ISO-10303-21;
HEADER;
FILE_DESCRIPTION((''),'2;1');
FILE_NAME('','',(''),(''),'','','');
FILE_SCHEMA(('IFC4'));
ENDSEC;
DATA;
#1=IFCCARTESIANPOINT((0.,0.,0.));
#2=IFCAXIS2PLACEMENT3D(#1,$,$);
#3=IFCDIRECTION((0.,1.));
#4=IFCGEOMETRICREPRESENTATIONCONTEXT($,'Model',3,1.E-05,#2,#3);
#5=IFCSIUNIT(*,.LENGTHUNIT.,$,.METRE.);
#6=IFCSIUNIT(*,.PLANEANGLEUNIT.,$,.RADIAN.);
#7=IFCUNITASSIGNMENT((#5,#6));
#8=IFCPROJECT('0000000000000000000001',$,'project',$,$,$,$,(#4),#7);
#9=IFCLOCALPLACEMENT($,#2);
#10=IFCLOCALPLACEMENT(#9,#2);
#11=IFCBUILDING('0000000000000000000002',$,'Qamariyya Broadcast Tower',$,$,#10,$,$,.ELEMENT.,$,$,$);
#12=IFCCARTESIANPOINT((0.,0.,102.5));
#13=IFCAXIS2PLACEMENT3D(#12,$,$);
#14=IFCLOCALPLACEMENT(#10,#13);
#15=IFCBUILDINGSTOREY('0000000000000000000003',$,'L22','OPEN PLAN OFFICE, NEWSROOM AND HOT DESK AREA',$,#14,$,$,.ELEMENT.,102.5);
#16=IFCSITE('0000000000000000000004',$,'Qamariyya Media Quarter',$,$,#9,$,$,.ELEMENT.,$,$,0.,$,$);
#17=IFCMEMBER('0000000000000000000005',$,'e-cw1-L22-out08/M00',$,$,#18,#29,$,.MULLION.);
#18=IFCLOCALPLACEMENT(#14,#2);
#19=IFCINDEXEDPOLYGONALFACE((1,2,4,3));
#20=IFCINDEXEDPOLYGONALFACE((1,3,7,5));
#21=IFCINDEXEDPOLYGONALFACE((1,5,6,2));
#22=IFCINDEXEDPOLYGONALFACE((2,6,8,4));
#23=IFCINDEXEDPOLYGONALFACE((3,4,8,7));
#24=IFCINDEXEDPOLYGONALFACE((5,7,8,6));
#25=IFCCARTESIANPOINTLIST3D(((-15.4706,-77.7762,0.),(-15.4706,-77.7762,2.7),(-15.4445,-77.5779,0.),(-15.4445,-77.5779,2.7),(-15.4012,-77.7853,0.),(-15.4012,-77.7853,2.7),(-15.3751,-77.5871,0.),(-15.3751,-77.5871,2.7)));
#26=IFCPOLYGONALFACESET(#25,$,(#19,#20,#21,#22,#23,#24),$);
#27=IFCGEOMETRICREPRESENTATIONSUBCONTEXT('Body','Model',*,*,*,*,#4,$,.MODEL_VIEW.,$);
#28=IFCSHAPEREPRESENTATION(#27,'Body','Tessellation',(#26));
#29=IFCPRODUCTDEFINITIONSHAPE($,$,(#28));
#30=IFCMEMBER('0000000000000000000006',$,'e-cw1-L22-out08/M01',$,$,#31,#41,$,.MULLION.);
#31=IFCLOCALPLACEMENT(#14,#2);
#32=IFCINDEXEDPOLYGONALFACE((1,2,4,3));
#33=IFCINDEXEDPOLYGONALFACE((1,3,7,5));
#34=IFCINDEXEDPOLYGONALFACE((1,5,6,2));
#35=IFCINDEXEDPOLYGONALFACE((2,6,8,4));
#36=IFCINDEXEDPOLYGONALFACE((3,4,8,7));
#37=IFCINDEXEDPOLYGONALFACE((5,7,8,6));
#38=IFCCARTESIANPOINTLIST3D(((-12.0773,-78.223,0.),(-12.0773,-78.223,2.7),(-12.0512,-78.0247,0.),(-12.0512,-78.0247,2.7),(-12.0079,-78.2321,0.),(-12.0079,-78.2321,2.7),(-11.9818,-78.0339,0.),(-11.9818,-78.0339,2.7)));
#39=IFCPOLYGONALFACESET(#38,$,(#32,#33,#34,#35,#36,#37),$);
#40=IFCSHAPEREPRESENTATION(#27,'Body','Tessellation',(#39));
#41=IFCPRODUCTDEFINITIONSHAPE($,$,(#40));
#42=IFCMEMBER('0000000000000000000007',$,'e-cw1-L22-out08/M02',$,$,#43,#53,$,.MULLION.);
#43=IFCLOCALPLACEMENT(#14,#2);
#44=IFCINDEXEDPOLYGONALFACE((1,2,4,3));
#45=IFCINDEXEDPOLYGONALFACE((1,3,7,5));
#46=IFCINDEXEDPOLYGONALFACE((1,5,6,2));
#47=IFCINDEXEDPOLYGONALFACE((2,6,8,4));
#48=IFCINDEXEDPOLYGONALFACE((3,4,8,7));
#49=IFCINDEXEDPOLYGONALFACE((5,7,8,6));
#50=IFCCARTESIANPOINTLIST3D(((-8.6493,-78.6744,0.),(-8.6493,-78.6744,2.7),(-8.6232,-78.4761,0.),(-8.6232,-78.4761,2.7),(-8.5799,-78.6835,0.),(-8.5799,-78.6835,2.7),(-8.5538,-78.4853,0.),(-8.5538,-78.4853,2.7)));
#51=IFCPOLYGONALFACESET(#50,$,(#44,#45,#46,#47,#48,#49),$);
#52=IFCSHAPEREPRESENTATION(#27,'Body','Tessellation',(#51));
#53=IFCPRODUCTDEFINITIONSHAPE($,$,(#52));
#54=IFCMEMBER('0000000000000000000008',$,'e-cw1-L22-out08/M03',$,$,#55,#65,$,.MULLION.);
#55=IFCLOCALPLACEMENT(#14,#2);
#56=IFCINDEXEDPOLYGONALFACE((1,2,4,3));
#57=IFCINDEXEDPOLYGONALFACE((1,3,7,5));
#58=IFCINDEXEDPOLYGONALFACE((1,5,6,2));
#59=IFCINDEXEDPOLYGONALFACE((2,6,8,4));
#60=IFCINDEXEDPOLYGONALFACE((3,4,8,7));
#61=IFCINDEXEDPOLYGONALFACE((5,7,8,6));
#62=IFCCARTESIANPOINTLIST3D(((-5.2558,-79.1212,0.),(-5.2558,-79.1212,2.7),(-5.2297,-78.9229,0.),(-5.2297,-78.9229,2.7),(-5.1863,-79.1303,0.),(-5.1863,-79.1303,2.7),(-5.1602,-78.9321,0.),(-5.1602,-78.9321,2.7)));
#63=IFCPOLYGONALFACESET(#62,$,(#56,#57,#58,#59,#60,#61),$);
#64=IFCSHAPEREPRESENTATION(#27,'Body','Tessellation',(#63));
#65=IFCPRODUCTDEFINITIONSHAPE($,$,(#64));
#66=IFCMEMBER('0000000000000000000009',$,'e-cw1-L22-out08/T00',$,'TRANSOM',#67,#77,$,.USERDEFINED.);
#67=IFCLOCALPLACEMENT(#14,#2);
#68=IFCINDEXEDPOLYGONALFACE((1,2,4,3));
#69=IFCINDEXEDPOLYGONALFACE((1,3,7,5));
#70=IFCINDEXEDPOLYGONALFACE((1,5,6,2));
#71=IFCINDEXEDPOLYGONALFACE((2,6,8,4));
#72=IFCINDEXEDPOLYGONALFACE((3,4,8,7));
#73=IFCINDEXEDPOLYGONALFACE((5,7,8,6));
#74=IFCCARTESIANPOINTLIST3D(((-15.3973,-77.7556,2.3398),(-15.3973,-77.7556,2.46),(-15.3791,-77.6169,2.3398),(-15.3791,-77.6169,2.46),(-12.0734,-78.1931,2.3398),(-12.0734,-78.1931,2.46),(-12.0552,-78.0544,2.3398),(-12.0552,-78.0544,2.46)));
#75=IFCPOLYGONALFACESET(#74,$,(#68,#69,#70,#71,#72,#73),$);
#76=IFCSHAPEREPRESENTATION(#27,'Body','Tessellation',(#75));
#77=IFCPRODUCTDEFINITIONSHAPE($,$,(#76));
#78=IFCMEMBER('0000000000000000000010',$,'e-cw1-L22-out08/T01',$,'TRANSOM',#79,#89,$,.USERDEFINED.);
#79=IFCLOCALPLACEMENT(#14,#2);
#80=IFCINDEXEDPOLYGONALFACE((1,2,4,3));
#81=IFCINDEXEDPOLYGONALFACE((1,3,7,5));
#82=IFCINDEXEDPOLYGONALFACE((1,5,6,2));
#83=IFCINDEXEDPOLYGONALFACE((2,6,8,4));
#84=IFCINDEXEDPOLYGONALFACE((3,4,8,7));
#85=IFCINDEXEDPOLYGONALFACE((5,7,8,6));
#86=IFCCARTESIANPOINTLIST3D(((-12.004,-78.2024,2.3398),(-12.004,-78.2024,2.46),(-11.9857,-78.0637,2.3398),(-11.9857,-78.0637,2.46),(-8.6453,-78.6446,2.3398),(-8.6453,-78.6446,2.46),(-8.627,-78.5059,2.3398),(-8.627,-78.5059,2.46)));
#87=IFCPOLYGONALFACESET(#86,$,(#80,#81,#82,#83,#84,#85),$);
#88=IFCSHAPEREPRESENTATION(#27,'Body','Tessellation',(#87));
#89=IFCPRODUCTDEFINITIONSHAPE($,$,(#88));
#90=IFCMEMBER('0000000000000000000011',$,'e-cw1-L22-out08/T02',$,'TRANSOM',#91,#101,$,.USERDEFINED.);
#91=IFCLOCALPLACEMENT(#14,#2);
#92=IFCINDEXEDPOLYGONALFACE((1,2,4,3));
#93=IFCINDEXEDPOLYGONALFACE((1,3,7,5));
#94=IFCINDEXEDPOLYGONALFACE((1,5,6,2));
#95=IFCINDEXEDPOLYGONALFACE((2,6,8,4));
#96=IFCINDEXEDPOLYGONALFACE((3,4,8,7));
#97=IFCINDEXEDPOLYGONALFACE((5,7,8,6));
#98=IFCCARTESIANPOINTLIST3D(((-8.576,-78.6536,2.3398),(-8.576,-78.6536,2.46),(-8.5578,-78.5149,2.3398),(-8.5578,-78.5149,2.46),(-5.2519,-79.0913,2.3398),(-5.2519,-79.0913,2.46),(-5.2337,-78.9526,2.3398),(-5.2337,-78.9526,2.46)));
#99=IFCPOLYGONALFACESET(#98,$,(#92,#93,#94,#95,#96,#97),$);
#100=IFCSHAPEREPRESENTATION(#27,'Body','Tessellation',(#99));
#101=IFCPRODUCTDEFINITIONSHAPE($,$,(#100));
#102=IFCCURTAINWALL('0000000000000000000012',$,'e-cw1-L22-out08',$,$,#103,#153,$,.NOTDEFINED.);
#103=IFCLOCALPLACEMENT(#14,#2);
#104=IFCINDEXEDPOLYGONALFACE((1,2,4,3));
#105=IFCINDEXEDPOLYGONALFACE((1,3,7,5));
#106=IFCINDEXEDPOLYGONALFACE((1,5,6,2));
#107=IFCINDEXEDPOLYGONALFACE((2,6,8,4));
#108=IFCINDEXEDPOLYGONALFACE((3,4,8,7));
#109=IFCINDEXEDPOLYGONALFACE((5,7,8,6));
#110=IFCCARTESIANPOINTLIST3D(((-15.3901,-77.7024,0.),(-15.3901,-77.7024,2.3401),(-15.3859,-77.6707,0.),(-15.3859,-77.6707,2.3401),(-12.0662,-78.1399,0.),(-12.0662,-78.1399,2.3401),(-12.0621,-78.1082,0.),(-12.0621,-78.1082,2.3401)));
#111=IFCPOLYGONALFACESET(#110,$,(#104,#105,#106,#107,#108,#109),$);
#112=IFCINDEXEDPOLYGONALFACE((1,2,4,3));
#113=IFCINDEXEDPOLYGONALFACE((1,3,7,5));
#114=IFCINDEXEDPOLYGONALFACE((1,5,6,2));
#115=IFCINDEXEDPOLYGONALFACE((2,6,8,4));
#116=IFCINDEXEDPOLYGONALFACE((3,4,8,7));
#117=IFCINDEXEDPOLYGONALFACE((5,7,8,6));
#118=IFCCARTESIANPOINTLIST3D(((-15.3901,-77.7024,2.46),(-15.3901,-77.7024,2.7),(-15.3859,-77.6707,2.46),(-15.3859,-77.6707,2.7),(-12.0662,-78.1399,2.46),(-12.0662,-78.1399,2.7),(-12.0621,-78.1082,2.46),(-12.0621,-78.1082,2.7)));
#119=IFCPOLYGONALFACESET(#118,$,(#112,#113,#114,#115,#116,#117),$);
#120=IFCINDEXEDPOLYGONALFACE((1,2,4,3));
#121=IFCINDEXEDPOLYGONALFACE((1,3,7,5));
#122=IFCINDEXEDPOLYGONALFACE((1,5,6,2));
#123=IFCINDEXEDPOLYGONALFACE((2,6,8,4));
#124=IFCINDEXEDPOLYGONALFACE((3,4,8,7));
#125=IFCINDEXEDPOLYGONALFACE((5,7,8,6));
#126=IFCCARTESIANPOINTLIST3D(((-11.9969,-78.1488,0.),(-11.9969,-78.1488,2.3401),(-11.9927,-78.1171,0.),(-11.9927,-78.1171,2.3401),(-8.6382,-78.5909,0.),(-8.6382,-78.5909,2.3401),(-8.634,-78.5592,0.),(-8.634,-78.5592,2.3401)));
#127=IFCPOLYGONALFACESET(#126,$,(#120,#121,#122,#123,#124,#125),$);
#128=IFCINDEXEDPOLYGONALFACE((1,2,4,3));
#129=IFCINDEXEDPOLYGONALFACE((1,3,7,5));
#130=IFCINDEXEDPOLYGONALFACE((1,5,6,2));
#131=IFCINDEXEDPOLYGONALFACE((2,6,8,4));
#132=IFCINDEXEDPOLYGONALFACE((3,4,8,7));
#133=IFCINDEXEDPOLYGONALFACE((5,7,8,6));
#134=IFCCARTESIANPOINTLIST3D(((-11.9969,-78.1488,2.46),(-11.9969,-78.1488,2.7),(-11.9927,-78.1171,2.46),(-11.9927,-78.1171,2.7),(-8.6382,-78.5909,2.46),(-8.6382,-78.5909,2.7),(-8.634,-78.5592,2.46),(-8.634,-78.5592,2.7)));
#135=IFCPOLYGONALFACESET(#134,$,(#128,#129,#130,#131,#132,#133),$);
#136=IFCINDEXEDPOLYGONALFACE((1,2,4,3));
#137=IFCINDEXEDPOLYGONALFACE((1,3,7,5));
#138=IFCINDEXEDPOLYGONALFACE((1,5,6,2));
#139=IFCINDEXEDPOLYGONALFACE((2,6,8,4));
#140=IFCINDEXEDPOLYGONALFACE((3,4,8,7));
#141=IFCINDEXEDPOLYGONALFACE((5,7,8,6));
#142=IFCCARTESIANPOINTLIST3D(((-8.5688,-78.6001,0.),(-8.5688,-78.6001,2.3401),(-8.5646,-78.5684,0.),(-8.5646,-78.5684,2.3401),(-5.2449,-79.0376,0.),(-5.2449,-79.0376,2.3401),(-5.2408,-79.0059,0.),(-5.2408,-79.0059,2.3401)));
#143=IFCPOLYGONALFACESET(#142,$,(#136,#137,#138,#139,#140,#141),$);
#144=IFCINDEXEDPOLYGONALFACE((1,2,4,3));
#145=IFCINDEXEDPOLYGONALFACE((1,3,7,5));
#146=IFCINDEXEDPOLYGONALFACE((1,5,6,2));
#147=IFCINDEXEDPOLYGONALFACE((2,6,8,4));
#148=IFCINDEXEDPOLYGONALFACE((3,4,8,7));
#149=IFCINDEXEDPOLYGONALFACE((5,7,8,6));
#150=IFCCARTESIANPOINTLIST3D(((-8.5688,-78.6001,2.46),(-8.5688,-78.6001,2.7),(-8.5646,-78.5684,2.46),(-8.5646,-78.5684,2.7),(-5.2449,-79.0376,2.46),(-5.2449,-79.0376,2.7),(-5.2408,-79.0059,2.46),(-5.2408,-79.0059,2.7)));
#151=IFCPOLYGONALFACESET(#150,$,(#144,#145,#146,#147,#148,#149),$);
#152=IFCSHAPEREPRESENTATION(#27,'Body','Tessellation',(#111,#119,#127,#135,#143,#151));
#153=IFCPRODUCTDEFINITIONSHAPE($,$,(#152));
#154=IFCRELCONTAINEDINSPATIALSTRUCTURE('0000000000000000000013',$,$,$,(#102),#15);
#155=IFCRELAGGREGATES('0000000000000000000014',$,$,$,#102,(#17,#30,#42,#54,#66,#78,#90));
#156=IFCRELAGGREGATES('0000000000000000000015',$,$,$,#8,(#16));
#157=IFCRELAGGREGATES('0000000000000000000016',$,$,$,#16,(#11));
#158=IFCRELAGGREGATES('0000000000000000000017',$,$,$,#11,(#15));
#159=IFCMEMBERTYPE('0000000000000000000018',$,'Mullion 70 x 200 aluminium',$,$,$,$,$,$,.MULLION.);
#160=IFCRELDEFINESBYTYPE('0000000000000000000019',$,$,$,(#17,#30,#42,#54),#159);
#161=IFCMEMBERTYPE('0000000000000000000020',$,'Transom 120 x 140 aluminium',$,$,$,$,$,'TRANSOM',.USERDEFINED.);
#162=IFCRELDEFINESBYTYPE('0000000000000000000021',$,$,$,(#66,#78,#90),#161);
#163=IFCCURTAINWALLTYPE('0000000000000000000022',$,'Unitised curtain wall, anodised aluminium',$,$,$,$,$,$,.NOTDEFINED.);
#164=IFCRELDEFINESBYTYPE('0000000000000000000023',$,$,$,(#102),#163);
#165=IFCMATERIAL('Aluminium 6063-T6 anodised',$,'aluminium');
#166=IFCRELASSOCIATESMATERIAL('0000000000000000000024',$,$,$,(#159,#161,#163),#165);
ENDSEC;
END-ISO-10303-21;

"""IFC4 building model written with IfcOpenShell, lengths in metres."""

from ifc_helpers import new_model, si_unit, direction, frame, origin, origin_2d, place, context, subcontext, project, spatial, rectangle, extrude, material, material_profile, profile_set, type_object, element, aggregate, save


model = new_model("IFC4")

# Units and contexts
model_context = context("Model", 3, precision=1e-05, world=origin(), true_north=direction((0.0, 1.0)))
body_context = subcontext(model_context, "Body", "Model", "MODEL_VIEW")
ifc_project = project(units=[si_unit("LENGTHUNIT", "METRE"), si_unit("PLANEANGLEUNIT", "RADIAN")], contexts=[model_context])

# Members
ifc_material = material(Name="Aluminium 6063-T6 anodised", Category="aluminium")
ifc_material_profile_1 = material_profile(ifc_material, rectangle(XDim=0.2, YDim=0.0701, at=origin_2d()))
ifc_profile_set_1 = profile_set([ifc_material_profile_1], Name="Aluminium 6063-T6 anodised")
member_type_1 = type_object("IfcMemberType", Name="Mullion 70 x 200 aluminium", PredefinedType="MULLION", material=ifc_profile_set_1)
site_placement = place(None, origin())
building_placement = place(site_placement, origin())
storey_placement = place(building_placement, frame((0.0, 0.0, 102.5)))
member_1_placement = place(storey_placement, frame((-15.4229, -77.6816, 0.0), z_axis=(0.0, 0.0, 1.0), x_axis=(0.130526, 0.991445, 0.0)))
member_1 = element("IfcMember", 1, at=member_1_placement, type_object=member_type_1, Name="e-cw1-L22-out08/M00", PredefinedType="MULLION", context=body_context, shape_type="SweptSolid", body=[
    extrude(rectangle(XDim=0.2, YDim=0.0701, at=origin_2d()), origin(), (0.0, 0.0, 1.0), 2.7),
])
member_2_placement = place(storey_placement, frame((-12.0295, -78.1284, 0.0), z_axis=(0.0, 0.0, 1.0), x_axis=(0.130526, 0.991445, 0.0)))
member_2 = element("IfcMember", 2, at=member_2_placement, type_object=member_type_1, Name="e-cw1-L22-out08/M01", PredefinedType="MULLION", context=body_context, shape_type="SweptSolid", body=[
    extrude(rectangle(XDim=0.2, YDim=0.0701, at=origin_2d()), origin(), (0.0, 0.0, 1.0), 2.7),
])
member_3_placement = place(storey_placement, frame((-8.6016, -78.5798, 0.0), z_axis=(0.0, 0.0, 1.0), x_axis=(0.130526, 0.991445, 0.0)))
member_3 = element("IfcMember", 3, at=member_3_placement, type_object=member_type_1, Name="e-cw1-L22-out08/M02", PredefinedType="MULLION", context=body_context, shape_type="SweptSolid", body=[
    extrude(rectangle(XDim=0.2, YDim=0.0701, at=origin_2d()), origin(), (0.0, 0.0, 1.0), 2.7),
])
member_4_placement = place(storey_placement, frame((-5.208, -79.0266, 0.0), z_axis=(0.0, 0.0, 1.0), x_axis=(0.130526, 0.991445, 0.0)))
member_4 = element("IfcMember", 4, at=member_4_placement, type_object=member_type_1, Name="e-cw1-L22-out08/M03", PredefinedType="MULLION", context=body_context, shape_type="SweptSolid", body=[
    extrude(rectangle(XDim=0.2, YDim=0.0701, at=origin_2d()), origin(), (0.0, 0.0, 1.0), 2.7),
])
ifc_material_profile_2 = material_profile(ifc_material, rectangle(XDim=0.1399, YDim=0.1201, at=origin_2d()))
ifc_profile_set_2 = profile_set([ifc_material_profile_2], Name="Aluminium 6063-T6 anodised")
member_type_2 = type_object("IfcMemberType", Name="Transom 120 x 140 aluminium", ElementType="TRANSOM", PredefinedType="USERDEFINED", material=ifc_profile_set_2)
member_5_placement = place(storey_placement, frame((-15.3882, -77.6863, 2.3999), z_axis=(0.991449, -0.130494, 0.0), x_axis=(0.130494, 0.991449, 0.0)))
member_5 = element("IfcMember", 5, at=member_5_placement, type_object=member_type_2, Name="e-cw1-L22-out08/T00", ObjectType="TRANSOM", PredefinedType="USERDEFINED", context=body_context, shape_type="SweptSolid", body=[
    extrude(rectangle(XDim=0.1399, YDim=0.1201, at=origin_2d()), origin(), (0.0, 0.0, 1.0), 3.3525),
])
member_6_placement = place(storey_placement, frame((-11.9949, -78.1331, 2.3999), z_axis=(0.991446, -0.130516, 0.0), x_axis=(0.130516, 0.991446, 0.0)))
member_6 = element("IfcMember", 6, at=member_6_placement, type_object=member_type_2, Name="e-cw1-L22-out08/T01", ObjectType="TRANSOM", PredefinedType="USERDEFINED", context=body_context, shape_type="SweptSolid", body=[
    extrude(rectangle(XDim=0.1399, YDim=0.1201, at=origin_2d()), origin(), (0.0, 0.0, 1.0), 3.3877),
])
member_7_placement = place(storey_placement, frame((-8.5669, -78.5842, 2.3999), z_axis=(0.99144, -0.130566, 0.0), x_axis=(0.130566, 0.99144, 0.0)))
member_7 = element("IfcMember", 7, at=member_7_placement, type_object=member_type_2, Name="e-cw1-L22-out08/T02", ObjectType="TRANSOM", PredefinedType="USERDEFINED", context=body_context, shape_type="SweptSolid", body=[
    extrude(rectangle(XDim=0.1399, YDim=0.1201, at=origin_2d()), origin(), (0.0, 0.0, 1.0), 3.3528),
])

# Site, building, storey
site = spatial("IfcSite", under=ifc_project, at=site_placement, Name="Qamariyya Media Quarter", CompositionType="ELEMENT", RefElevation=0.0)
building = spatial("IfcBuilding", under=site, at=building_placement, Name="Qamariyya Broadcast Tower", CompositionType="ELEMENT")
storey = spatial("IfcBuildingStorey", under=building, at=storey_placement, Name="L22", Description="OPEN PLAN OFFICE, NEWSROOM AND HOT DESK AREA", CompositionType="ELEMENT", Elevation=102.5)

# Curtain wall
curtain_wall_type = type_object("IfcCurtainWallType", Name="Unitised curtain wall, anodised aluminium", PredefinedType="NOTDEFINED", material=ifc_material)
curtain_wall_1_placement = place(storey_placement, origin())
curtain_wall_1 = element("IfcCurtainWall", 8, at=curtain_wall_1_placement, inside=storey, type_object=curtain_wall_type, Name="e-cw1-L22-out08", PredefinedType="NOTDEFINED", context=body_context, shape_type="SweptSolid", body=[
    extrude(rectangle(XDim=3.3525, YDim=0.032, at=origin_2d()), frame((-13.7261, -77.9053, 0.0), x_axis=(0.991447, -0.130509, 0.0)), (0.0, 0.0, 1.0), 2.3401),
    extrude(rectangle(XDim=3.3525, YDim=0.032, at=origin_2d()), frame((-13.7261, -77.9053, 2.46), x_axis=(0.991447, -0.130509, 0.0)), (0.0, 0.0, 1.0), 0.24),
    extrude(rectangle(XDim=3.3877, YDim=0.032, at=origin_2d()), frame((-10.3154, -78.354, 0.0), x_axis=(0.991447, -0.130509, 0.0)), (0.0, 0.0, 1.0), 2.3401),
    extrude(rectangle(XDim=3.3877, YDim=0.032, at=origin_2d()), frame((-10.3154, -78.354, 2.46), x_axis=(0.991447, -0.130509, 0.0)), (0.0, 0.0, 1.0), 0.24),
    extrude(rectangle(XDim=3.3525, YDim=0.032, at=origin_2d()), frame((-6.9048, -78.803, 0.0), x_axis=(0.991447, -0.130509, 0.0)), (0.0, 0.0, 1.0), 2.3401),
    extrude(rectangle(XDim=3.3525, YDim=0.032, at=origin_2d()), frame((-6.9048, -78.803, 2.46), x_axis=(0.991447, -0.130509, 0.0)), (0.0, 0.0, 1.0), 0.24),
])
aggregate(curtain_wall_1, [member_1, member_2, member_3, member_4, member_5, member_6, member_7])

save(model, "model.ifc")
